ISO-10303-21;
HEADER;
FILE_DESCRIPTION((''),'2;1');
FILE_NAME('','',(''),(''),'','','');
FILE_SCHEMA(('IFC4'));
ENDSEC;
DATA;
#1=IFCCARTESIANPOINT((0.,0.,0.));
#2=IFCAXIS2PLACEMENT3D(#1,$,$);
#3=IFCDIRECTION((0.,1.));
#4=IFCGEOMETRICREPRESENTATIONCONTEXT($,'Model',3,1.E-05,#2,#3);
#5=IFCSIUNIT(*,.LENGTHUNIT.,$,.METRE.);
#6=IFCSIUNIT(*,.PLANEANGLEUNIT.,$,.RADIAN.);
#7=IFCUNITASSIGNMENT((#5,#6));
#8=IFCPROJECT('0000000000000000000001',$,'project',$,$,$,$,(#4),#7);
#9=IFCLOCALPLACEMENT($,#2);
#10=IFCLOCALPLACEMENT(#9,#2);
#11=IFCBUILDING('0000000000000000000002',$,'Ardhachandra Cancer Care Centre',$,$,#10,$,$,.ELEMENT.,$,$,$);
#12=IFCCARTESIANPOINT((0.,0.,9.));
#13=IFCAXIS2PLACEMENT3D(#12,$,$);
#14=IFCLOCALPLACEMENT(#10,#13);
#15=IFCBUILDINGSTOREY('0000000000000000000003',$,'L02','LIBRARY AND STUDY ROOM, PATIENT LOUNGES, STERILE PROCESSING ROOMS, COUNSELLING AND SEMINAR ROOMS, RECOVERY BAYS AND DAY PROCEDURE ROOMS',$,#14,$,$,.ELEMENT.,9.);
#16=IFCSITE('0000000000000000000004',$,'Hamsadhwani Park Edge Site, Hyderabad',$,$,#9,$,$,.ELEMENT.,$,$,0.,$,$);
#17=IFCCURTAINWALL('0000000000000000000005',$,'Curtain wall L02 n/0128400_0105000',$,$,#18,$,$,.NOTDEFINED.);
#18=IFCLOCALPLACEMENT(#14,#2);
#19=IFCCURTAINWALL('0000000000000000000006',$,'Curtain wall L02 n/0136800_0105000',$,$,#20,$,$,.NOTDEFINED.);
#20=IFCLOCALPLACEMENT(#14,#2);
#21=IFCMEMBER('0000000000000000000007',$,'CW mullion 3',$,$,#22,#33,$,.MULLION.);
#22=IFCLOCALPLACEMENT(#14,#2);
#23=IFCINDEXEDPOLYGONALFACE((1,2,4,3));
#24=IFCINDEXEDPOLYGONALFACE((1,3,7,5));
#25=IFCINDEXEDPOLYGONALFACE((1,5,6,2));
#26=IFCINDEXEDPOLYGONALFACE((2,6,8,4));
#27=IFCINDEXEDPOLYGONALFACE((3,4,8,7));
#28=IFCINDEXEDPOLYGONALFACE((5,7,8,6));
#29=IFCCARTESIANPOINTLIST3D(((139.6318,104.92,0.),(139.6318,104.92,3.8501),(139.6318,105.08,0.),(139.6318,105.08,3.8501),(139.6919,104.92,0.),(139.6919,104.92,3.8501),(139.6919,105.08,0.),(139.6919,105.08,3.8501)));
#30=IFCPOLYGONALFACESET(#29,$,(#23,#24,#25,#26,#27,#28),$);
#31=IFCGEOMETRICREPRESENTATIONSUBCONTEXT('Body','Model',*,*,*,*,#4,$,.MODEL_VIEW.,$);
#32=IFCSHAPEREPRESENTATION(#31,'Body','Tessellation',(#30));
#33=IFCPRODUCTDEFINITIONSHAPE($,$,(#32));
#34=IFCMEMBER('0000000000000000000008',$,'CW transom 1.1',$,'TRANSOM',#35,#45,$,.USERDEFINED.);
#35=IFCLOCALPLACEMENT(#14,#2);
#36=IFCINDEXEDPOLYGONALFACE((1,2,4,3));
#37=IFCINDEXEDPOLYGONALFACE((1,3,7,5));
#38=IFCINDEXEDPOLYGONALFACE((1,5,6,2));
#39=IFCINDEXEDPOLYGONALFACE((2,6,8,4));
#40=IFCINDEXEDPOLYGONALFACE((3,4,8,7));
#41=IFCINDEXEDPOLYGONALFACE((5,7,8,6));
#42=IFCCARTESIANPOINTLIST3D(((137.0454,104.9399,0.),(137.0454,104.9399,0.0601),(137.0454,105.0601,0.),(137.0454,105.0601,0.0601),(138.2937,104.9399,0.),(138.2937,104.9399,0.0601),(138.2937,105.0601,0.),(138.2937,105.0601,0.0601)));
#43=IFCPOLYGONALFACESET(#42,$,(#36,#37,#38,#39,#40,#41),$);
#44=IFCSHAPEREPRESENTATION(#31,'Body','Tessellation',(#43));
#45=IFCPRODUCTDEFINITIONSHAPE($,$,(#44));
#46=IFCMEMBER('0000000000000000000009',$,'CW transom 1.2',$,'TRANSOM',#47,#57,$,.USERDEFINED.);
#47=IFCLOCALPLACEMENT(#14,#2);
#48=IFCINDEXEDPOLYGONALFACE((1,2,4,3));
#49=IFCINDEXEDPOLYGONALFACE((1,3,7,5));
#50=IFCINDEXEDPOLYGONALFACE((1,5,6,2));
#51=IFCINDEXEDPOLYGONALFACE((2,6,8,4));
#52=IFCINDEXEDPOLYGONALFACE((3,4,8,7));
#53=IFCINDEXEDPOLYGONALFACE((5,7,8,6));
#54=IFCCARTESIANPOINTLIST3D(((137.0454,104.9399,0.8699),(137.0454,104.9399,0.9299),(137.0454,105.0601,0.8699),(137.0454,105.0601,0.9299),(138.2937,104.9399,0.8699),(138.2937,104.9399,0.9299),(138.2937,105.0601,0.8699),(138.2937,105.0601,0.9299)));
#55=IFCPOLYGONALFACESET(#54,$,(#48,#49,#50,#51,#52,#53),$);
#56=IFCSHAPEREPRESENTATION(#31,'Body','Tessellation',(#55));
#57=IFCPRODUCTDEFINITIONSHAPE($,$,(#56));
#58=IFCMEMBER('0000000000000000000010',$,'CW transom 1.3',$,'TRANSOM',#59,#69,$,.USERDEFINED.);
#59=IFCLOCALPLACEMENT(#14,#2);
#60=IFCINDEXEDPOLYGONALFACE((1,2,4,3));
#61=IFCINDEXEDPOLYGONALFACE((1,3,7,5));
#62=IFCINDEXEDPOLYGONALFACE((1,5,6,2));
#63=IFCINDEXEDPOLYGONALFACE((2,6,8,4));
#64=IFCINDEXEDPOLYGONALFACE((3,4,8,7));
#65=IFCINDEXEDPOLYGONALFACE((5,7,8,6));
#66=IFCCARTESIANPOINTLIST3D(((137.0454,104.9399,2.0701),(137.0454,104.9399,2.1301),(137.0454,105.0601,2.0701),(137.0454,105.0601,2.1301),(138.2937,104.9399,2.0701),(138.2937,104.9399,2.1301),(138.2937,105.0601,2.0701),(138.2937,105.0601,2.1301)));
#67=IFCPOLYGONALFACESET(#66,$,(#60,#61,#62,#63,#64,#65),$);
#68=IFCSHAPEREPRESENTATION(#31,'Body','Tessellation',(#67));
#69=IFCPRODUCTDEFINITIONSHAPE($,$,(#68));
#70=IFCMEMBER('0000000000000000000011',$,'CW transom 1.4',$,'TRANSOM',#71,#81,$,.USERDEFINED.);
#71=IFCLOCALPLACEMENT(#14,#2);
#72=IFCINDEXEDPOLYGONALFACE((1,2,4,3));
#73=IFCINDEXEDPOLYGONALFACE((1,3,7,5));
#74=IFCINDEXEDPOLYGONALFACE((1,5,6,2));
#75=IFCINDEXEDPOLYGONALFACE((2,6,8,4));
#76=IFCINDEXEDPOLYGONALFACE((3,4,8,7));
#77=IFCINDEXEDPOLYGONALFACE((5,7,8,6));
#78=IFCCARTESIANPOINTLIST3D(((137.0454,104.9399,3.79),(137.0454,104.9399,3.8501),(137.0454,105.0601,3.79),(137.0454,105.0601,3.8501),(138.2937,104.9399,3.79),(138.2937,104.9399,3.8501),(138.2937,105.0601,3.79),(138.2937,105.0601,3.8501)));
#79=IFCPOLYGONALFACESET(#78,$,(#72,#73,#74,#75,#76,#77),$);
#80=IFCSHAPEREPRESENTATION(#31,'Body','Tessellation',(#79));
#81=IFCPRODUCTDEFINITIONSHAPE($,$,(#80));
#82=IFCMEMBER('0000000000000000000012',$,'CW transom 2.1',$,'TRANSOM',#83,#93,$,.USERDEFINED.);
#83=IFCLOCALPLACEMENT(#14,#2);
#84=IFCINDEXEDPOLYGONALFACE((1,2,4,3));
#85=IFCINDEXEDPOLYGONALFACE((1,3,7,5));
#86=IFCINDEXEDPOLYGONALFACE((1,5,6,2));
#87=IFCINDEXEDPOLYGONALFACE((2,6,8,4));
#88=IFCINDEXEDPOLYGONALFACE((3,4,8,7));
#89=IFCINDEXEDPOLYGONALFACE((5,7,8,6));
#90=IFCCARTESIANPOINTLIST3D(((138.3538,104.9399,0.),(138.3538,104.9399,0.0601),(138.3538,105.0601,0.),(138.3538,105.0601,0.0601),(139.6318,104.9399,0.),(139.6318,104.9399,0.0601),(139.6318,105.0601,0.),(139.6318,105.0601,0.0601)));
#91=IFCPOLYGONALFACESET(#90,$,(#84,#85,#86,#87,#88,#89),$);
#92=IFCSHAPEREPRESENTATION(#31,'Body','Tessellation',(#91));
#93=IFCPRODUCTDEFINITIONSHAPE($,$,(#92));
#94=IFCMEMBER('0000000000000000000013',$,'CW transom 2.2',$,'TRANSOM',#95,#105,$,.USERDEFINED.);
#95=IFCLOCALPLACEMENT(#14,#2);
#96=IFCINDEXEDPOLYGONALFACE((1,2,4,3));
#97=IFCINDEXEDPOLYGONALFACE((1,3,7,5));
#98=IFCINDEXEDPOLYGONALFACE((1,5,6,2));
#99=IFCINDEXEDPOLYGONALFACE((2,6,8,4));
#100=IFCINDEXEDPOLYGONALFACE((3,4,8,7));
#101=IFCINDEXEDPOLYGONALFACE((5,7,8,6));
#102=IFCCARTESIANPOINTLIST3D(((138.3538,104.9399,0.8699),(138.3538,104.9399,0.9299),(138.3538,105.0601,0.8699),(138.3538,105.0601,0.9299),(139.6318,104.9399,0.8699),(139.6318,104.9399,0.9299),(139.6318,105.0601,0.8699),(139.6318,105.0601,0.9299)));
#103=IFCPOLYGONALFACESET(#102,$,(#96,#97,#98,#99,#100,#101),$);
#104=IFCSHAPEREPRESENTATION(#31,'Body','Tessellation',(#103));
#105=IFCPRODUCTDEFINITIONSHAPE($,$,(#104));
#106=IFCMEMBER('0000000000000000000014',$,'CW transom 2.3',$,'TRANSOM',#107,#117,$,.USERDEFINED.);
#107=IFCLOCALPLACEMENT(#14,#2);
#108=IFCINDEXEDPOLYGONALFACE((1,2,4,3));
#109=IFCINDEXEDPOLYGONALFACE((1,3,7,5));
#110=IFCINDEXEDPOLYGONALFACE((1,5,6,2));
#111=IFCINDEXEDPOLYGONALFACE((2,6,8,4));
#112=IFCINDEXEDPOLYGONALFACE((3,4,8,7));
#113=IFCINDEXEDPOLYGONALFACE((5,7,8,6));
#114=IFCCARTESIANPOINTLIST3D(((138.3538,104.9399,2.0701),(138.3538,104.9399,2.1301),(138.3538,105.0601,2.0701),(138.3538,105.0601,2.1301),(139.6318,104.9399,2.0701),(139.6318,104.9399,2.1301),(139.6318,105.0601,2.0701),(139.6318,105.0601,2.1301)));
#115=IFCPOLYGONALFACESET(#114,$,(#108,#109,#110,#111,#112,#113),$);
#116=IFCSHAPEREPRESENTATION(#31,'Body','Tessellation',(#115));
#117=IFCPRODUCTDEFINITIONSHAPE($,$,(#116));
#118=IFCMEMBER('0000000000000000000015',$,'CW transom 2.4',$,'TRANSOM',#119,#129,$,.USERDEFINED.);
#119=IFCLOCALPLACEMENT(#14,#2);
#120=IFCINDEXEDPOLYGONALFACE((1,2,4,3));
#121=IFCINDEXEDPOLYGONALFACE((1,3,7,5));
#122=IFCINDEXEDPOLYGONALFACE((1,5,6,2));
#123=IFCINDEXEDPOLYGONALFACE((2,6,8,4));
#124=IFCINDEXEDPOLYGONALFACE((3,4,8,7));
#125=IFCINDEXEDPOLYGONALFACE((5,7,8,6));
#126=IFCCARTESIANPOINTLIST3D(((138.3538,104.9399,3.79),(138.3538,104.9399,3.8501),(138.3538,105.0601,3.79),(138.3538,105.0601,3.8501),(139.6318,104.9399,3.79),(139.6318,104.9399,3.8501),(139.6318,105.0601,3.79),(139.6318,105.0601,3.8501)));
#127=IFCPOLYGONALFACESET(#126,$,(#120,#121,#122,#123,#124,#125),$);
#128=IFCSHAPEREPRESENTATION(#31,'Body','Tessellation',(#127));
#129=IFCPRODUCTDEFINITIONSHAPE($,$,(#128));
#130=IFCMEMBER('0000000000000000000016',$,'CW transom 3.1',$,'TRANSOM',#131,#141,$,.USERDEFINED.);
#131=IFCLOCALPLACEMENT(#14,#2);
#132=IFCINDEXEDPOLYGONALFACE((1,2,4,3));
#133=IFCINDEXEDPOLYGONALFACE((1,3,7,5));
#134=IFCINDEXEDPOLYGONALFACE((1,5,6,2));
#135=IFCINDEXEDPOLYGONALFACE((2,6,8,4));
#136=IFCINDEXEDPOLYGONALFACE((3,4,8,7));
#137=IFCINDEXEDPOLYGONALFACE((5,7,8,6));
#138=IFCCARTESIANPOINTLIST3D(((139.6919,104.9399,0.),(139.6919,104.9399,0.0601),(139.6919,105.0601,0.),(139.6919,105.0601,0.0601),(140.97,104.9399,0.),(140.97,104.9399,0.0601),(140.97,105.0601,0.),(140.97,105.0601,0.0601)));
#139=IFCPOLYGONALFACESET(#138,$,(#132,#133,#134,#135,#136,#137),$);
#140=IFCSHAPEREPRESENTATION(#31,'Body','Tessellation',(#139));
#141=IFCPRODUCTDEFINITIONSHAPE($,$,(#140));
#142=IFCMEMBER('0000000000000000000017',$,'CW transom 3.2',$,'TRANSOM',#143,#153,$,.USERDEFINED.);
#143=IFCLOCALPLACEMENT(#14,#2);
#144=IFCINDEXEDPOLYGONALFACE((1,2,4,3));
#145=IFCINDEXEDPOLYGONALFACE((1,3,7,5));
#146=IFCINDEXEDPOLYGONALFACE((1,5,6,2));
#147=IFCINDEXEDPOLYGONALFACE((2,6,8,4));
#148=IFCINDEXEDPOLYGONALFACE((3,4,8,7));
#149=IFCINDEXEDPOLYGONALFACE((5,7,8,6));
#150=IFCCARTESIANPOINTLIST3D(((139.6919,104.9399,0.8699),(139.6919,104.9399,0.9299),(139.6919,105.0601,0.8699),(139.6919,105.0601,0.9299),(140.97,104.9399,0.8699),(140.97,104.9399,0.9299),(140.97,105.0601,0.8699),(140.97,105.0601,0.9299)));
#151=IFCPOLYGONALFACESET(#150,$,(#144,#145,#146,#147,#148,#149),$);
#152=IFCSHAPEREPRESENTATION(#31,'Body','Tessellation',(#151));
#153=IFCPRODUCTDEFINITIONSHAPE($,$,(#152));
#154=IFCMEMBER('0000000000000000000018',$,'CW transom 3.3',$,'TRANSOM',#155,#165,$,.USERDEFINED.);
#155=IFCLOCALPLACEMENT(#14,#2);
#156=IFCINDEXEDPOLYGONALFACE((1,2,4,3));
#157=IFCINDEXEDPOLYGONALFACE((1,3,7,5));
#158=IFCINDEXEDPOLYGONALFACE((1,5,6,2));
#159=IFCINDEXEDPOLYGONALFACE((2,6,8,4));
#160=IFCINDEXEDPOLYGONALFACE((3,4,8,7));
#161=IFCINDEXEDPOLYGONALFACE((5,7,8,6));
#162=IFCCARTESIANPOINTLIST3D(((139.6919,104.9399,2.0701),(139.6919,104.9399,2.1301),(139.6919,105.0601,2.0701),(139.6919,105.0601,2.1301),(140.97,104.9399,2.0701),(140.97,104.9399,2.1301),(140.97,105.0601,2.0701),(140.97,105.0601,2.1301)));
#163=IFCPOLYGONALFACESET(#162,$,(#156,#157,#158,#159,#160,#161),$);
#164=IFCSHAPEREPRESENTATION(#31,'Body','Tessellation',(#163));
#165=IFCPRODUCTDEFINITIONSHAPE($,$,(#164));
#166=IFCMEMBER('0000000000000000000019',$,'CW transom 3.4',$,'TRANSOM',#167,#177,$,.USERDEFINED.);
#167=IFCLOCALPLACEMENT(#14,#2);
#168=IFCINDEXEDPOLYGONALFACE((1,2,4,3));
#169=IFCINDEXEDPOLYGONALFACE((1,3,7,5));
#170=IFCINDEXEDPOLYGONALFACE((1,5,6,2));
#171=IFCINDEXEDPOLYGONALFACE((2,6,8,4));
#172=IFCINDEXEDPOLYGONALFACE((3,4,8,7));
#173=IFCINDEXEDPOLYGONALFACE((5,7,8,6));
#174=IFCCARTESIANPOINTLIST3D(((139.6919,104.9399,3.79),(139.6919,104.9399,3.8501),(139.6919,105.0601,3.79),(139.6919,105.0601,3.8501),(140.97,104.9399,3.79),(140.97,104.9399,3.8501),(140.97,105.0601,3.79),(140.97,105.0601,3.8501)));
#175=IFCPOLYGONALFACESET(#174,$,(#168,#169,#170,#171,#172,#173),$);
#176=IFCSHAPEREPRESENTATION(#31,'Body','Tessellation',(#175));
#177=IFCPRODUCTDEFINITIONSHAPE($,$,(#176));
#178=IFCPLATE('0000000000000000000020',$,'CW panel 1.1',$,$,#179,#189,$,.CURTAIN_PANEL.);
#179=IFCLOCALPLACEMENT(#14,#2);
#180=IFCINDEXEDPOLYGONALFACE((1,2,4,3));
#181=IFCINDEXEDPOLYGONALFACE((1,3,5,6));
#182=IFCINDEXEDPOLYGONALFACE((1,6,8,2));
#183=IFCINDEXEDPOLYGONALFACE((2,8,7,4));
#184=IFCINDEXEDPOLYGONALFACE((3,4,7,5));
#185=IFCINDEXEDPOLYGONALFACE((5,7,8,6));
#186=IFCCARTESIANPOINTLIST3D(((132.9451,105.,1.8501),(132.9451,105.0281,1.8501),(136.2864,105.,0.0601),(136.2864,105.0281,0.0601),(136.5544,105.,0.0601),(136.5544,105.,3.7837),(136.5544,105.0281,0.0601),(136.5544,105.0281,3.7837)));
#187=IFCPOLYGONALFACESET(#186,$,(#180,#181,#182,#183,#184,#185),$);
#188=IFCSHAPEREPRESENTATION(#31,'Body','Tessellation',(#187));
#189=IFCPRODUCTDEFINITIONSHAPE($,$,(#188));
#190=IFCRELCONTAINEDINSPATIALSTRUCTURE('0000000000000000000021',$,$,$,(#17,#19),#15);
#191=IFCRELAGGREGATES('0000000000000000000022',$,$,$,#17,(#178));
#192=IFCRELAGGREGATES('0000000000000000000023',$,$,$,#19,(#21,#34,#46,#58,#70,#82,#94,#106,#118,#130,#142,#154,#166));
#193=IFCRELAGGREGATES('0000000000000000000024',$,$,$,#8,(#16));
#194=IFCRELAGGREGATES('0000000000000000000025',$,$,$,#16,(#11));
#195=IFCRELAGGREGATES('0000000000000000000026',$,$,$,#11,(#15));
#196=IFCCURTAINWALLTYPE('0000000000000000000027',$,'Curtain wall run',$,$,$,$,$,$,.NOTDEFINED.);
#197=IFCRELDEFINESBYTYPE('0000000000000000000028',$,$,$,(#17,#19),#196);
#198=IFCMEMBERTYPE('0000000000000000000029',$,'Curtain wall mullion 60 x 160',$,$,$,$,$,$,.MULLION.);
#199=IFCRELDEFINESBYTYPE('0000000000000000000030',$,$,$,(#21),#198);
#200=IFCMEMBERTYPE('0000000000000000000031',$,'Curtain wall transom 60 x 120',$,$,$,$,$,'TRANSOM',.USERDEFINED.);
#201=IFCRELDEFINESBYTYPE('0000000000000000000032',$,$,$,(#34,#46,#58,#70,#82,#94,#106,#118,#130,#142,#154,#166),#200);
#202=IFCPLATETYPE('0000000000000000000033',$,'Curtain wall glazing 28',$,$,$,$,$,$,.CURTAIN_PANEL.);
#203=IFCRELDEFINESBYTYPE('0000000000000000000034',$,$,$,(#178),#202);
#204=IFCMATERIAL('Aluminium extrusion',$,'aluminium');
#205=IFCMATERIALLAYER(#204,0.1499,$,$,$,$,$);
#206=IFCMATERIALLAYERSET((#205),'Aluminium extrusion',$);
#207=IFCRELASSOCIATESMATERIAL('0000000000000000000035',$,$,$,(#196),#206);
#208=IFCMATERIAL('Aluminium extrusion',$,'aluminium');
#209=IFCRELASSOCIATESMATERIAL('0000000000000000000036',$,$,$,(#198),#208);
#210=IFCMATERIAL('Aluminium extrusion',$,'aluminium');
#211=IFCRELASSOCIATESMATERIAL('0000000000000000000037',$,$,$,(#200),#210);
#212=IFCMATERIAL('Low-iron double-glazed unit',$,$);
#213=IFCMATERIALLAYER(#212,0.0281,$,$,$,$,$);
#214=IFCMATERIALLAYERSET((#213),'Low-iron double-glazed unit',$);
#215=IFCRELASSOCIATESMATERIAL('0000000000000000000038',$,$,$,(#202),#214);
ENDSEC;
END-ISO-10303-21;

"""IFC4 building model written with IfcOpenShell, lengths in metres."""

from ifc_helpers import new_model, si_unit, direction, frame, origin, origin_2d, place, context, subcontext, project, spatial, polyline, rectangle, outline, extrude, material, layer, layer_set, material_profile, profile_set, type_object, element, aggregate, save


model = new_model("IFC4")

# Units and contexts
model_context = context("Model", 3, precision=1e-05, world=origin(), true_north=direction((0.0, 1.0)))
body_context = subcontext(model_context, "Body", "Model", "MODEL_VIEW")
ifc_project = project(units=[si_unit("LENGTHUNIT", "METRE"), si_unit("PLANEANGLEUNIT", "RADIAN")], contexts=[model_context])

# Site, building, storey
site_placement = place(None, origin())
site = spatial("IfcSite", under=ifc_project, at=site_placement, Name="Hamsadhwani Park Edge Site, Hyderabad", CompositionType="ELEMENT", RefElevation=0.0)
building_placement = place(site_placement, origin())
building = spatial("IfcBuilding", under=site, at=building_placement, Name="Ardhachandra Cancer Care Centre", CompositionType="ELEMENT")
storey_placement = place(building_placement, frame((0.0, 0.0, 9.0)))
storey = spatial("IfcBuildingStorey", under=building, at=storey_placement, Name="L02", Description="LIBRARY AND STUDY ROOM, PATIENT LOUNGES, STERILE PROCESSING ROOMS, COUNSELLING AND SEMINAR ROOMS, RECOVERY BAYS AND DAY PROCEDURE ROOMS", CompositionType="ELEMENT", Elevation=9.0)

# Curtain wall
ifc_material_1 = material(Name="Aluminium extrusion", Category="aluminium")
ifc_layer_1 = layer(ifc_material_1, 0.1499)
ifc_layer_set_1 = layer_set([ifc_layer_1], Name="Aluminium extrusion")
curtain_wall_type = type_object("IfcCurtainWallType", Name="Curtain wall run", PredefinedType="NOTDEFINED", material=ifc_layer_set_1)
curtain_wall_1_placement = place(storey_placement, origin())
curtain_wall_1 = element("IfcCurtainWall", 1, at=curtain_wall_1_placement, inside=storey, type_object=curtain_wall_type, Name="Curtain wall L02 n/0128400_0105000", PredefinedType="NOTDEFINED")
ifc_material_2 = material(Name="Aluminium extrusion", Category="aluminium")
ifc_material_profile_1 = material_profile(ifc_material_2, rectangle(XDim=0.1599, YDim=0.0601, at=origin_2d()), Name="Curtain wall mullion 60 x 160")
ifc_profile_set_1 = profile_set([ifc_material_profile_1], Name="Aluminium extrusion")
member_type_1 = type_object("IfcMemberType", Name="Curtain wall mullion 60 x 160", PredefinedType="MULLION", material=ifc_profile_set_1)

# Curtain wall, members
curtain_wall_2_placement = place(storey_placement, origin())
curtain_wall_2 = element("IfcCurtainWall", 2, at=curtain_wall_2_placement, inside=storey, type_object=curtain_wall_type, Name="Curtain wall L02 n/0136800_0105000", PredefinedType="NOTDEFINED")
member_1_placement = place(storey_placement, frame((139.6619, 105.0, 0.0), z_axis=(0.0, 0.0, 1.0), x_axis=(0.0, 1.0, 0.0)))
member_1 = element("IfcMember", 3, at=member_1_placement, type_object=member_type_1, Name="CW mullion 3", PredefinedType="MULLION", context=body_context, shape_type="SweptSolid", body=[
    extrude(rectangle(XDim=0.1599, YDim=0.0601, at=origin_2d()), origin(), (0.0, 0.0, 1.0), 3.8501),
])
ifc_material_3 = material(Name="Aluminium extrusion", Category="aluminium")
ifc_material_profile_2 = material_profile(ifc_material_3, rectangle(XDim=0.1201, YDim=0.0601, at=origin_2d()), Name="Curtain wall transom 60 x 120")
ifc_profile_set_2 = profile_set([ifc_material_profile_2], Name="Aluminium extrusion")
member_type_2 = type_object("IfcMemberType", Name="Curtain wall transom 60 x 120", ElementType="TRANSOM", PredefinedType="USERDEFINED", material=ifc_profile_set_2)
member_2_placement = place(storey_placement, frame((137.0454, 105.0, 0.03), z_axis=(1.0, 0.0, 0.0), x_axis=(0.0, 1.0, 0.0)))
member_2 = element("IfcMember", 4, at=member_2_placement, type_object=member_type_2, Name="CW transom 1.1", ObjectType="TRANSOM", PredefinedType="USERDEFINED", context=body_context, shape_type="SweptSolid", body=[
    extrude(rectangle(XDim=0.1201, YDim=0.0601, at=origin_2d()), origin(), (0.0, 0.0, 1.0), 1.2483),
])
member_3_placement = place(storey_placement, frame((137.0454, 105.0, 0.8999), z_axis=(1.0, 0.0, 0.0), x_axis=(0.0, 1.0, 0.0)))
member_3 = element("IfcMember", 5, at=member_3_placement, type_object=member_type_2, Name="CW transom 1.2", ObjectType="TRANSOM", PredefinedType="USERDEFINED", context=body_context, shape_type="SweptSolid", body=[
    extrude(rectangle(XDim=0.1201, YDim=0.0601, at=origin_2d()), origin(), (0.0, 0.0, 1.0), 1.2483),
])
member_4_placement = place(storey_placement, frame((137.0454, 105.0, 2.1001), z_axis=(1.0, 0.0, 0.0), x_axis=(0.0, 1.0, 0.0)))
member_4 = element("IfcMember", 6, at=member_4_placement, type_object=member_type_2, Name="CW transom 1.3", ObjectType="TRANSOM", PredefinedType="USERDEFINED", context=body_context, shape_type="SweptSolid", body=[
    extrude(rectangle(XDim=0.1201, YDim=0.0601, at=origin_2d()), origin(), (0.0, 0.0, 1.0), 1.2483),
])
member_5_placement = place(storey_placement, frame((137.0454, 105.0, 3.8201), z_axis=(1.0, 0.0, 0.0), x_axis=(0.0, 1.0, 0.0)))
member_5 = element("IfcMember", 7, at=member_5_placement, type_object=member_type_2, Name="CW transom 1.4", ObjectType="TRANSOM", PredefinedType="USERDEFINED", context=body_context, shape_type="SweptSolid", body=[
    extrude(rectangle(XDim=0.1201, YDim=0.0601, at=origin_2d()), origin(), (0.0, 0.0, 1.0), 1.2483),
])
member_6_placement = place(storey_placement, frame((138.3538, 105.0, 0.03), z_axis=(1.0, 0.0, 0.0), x_axis=(0.0, 1.0, 0.0)))
member_6 = element("IfcMember", 8, at=member_6_placement, type_object=member_type_2, Name="CW transom 2.1", ObjectType="TRANSOM", PredefinedType="USERDEFINED", context=body_context, shape_type="SweptSolid", body=[
    extrude(rectangle(XDim=0.1201, YDim=0.0601, at=origin_2d()), origin(), (0.0, 0.0, 1.0), 1.2781),
])
member_7_placement = place(storey_placement, frame((138.3538, 105.0, 0.8999), z_axis=(1.0, 0.0, 0.0), x_axis=(0.0, 1.0, 0.0)))
member_7 = element("IfcMember", 9, at=member_7_placement, type_object=member_type_2, Name="CW transom 2.2", ObjectType="TRANSOM", PredefinedType="USERDEFINED", context=body_context, shape_type="SweptSolid", body=[
    extrude(rectangle(XDim=0.1201, YDim=0.0601, at=origin_2d()), origin(), (0.0, 0.0, 1.0), 1.2781),
])
member_8_placement = place(storey_placement, frame((138.3538, 105.0, 2.1001), z_axis=(1.0, 0.0, 0.0), x_axis=(0.0, 1.0, 0.0)))
member_8 = element("IfcMember", 10, at=member_8_placement, type_object=member_type_2, Name="CW transom 2.3", ObjectType="TRANSOM", PredefinedType="USERDEFINED", context=body_context, shape_type="SweptSolid", body=[
    extrude(rectangle(XDim=0.1201, YDim=0.0601, at=origin_2d()), origin(), (0.0, 0.0, 1.0), 1.2781),
])
member_9_placement = place(storey_placement, frame((138.3538, 105.0, 3.8201), z_axis=(1.0, 0.0, 0.0), x_axis=(0.0, 1.0, 0.0)))
member_9 = element("IfcMember", 11, at=member_9_placement, type_object=member_type_2, Name="CW transom 2.4", ObjectType="TRANSOM", PredefinedType="USERDEFINED", context=body_context, shape_type="SweptSolid", body=[
    extrude(rectangle(XDim=0.1201, YDim=0.0601, at=origin_2d()), origin(), (0.0, 0.0, 1.0), 1.2781),
])
member_10_placement = place(storey_placement, frame((139.6919, 105.0, 0.03), z_axis=(1.0, 0.0, 0.0), x_axis=(0.0, 1.0, 0.0)))
member_10 = element("IfcMember", 12, at=member_10_placement, type_object=member_type_2, Name="CW transom 3.1", ObjectType="TRANSOM", PredefinedType="USERDEFINED", context=body_context, shape_type="SweptSolid", body=[
    extrude(rectangle(XDim=0.1201, YDim=0.0601, at=origin_2d()), origin(), (0.0, 0.0, 1.0), 1.2781),
])
member_11_placement = place(storey_placement, frame((139.6919, 105.0, 0.8999), z_axis=(1.0, 0.0, 0.0), x_axis=(0.0, 1.0, 0.0)))
member_11 = element("IfcMember", 13, at=member_11_placement, type_object=member_type_2, Name="CW transom 3.2", ObjectType="TRANSOM", PredefinedType="USERDEFINED", context=body_context, shape_type="SweptSolid", body=[
    extrude(rectangle(XDim=0.1201, YDim=0.0601, at=origin_2d()), origin(), (0.0, 0.0, 1.0), 1.2781),
])
member_12_placement = place(storey_placement, frame((139.6919, 105.0, 2.1001), z_axis=(1.0, 0.0, 0.0), x_axis=(0.0, 1.0, 0.0)))
member_12 = element("IfcMember", 14, at=member_12_placement, type_object=member_type_2, Name="CW transom 3.3", ObjectType="TRANSOM", PredefinedType="USERDEFINED", context=body_context, shape_type="SweptSolid", body=[
    extrude(rectangle(XDim=0.1201, YDim=0.0601, at=origin_2d()), origin(), (0.0, 0.0, 1.0), 1.2781),
])
member_13_placement = place(storey_placement, frame((139.6919, 105.0, 3.8201), z_axis=(1.0, 0.0, 0.0), x_axis=(0.0, 1.0, 0.0)))
member_13 = element("IfcMember", 15, at=member_13_placement, type_object=member_type_2, Name="CW transom 3.4", ObjectType="TRANSOM", PredefinedType="USERDEFINED", context=body_context, shape_type="SweptSolid", body=[
    extrude(rectangle(XDim=0.1201, YDim=0.0601, at=origin_2d()), origin(), (0.0, 0.0, 1.0), 1.2781),
])

# Plate
ifc_material_4 = material(Name="Low-iron double-glazed unit")
ifc_layer_2 = layer(ifc_material_4, 0.0281)
ifc_layer_set_2 = layer_set([ifc_layer_2], Name="Low-iron double-glazed unit")
plate_type_1 = type_object("IfcPlateType", Name="Curtain wall glazing 28", PredefinedType="CURTAIN_PANEL", material=ifc_layer_set_2)
plate_1_placement = place(storey_placement, frame((136.5544, 105.0, 0.0601), z_axis=(0.0, 1.0, 0.0), x_axis=(-1.0, 0.0, 0.0)))
plate_1 = element("IfcPlate", 16, at=plate_1_placement, type_object=plate_type_1, Name="CW panel 1.1", PredefinedType="CURTAIN_PANEL", context=body_context, shape_type="SweptSolid", body=[
    extrude(outline(polyline([(0.0, 0.0), (0.2681, 0.0), (3.6094, 1.79), (0.0, 3.7236), (0.0, 0.0)])), origin(), (0.0, 0.0, 1.0), 0.0281),
])
aggregate(curtain_wall_1, [plate_1])
aggregate(curtain_wall_2, [member_1, member_2, member_3, member_4, member_5, member_6, member_7, member_8, member_9, member_10, member_11, member_12, member_13])

save(model, "model.ifc")
